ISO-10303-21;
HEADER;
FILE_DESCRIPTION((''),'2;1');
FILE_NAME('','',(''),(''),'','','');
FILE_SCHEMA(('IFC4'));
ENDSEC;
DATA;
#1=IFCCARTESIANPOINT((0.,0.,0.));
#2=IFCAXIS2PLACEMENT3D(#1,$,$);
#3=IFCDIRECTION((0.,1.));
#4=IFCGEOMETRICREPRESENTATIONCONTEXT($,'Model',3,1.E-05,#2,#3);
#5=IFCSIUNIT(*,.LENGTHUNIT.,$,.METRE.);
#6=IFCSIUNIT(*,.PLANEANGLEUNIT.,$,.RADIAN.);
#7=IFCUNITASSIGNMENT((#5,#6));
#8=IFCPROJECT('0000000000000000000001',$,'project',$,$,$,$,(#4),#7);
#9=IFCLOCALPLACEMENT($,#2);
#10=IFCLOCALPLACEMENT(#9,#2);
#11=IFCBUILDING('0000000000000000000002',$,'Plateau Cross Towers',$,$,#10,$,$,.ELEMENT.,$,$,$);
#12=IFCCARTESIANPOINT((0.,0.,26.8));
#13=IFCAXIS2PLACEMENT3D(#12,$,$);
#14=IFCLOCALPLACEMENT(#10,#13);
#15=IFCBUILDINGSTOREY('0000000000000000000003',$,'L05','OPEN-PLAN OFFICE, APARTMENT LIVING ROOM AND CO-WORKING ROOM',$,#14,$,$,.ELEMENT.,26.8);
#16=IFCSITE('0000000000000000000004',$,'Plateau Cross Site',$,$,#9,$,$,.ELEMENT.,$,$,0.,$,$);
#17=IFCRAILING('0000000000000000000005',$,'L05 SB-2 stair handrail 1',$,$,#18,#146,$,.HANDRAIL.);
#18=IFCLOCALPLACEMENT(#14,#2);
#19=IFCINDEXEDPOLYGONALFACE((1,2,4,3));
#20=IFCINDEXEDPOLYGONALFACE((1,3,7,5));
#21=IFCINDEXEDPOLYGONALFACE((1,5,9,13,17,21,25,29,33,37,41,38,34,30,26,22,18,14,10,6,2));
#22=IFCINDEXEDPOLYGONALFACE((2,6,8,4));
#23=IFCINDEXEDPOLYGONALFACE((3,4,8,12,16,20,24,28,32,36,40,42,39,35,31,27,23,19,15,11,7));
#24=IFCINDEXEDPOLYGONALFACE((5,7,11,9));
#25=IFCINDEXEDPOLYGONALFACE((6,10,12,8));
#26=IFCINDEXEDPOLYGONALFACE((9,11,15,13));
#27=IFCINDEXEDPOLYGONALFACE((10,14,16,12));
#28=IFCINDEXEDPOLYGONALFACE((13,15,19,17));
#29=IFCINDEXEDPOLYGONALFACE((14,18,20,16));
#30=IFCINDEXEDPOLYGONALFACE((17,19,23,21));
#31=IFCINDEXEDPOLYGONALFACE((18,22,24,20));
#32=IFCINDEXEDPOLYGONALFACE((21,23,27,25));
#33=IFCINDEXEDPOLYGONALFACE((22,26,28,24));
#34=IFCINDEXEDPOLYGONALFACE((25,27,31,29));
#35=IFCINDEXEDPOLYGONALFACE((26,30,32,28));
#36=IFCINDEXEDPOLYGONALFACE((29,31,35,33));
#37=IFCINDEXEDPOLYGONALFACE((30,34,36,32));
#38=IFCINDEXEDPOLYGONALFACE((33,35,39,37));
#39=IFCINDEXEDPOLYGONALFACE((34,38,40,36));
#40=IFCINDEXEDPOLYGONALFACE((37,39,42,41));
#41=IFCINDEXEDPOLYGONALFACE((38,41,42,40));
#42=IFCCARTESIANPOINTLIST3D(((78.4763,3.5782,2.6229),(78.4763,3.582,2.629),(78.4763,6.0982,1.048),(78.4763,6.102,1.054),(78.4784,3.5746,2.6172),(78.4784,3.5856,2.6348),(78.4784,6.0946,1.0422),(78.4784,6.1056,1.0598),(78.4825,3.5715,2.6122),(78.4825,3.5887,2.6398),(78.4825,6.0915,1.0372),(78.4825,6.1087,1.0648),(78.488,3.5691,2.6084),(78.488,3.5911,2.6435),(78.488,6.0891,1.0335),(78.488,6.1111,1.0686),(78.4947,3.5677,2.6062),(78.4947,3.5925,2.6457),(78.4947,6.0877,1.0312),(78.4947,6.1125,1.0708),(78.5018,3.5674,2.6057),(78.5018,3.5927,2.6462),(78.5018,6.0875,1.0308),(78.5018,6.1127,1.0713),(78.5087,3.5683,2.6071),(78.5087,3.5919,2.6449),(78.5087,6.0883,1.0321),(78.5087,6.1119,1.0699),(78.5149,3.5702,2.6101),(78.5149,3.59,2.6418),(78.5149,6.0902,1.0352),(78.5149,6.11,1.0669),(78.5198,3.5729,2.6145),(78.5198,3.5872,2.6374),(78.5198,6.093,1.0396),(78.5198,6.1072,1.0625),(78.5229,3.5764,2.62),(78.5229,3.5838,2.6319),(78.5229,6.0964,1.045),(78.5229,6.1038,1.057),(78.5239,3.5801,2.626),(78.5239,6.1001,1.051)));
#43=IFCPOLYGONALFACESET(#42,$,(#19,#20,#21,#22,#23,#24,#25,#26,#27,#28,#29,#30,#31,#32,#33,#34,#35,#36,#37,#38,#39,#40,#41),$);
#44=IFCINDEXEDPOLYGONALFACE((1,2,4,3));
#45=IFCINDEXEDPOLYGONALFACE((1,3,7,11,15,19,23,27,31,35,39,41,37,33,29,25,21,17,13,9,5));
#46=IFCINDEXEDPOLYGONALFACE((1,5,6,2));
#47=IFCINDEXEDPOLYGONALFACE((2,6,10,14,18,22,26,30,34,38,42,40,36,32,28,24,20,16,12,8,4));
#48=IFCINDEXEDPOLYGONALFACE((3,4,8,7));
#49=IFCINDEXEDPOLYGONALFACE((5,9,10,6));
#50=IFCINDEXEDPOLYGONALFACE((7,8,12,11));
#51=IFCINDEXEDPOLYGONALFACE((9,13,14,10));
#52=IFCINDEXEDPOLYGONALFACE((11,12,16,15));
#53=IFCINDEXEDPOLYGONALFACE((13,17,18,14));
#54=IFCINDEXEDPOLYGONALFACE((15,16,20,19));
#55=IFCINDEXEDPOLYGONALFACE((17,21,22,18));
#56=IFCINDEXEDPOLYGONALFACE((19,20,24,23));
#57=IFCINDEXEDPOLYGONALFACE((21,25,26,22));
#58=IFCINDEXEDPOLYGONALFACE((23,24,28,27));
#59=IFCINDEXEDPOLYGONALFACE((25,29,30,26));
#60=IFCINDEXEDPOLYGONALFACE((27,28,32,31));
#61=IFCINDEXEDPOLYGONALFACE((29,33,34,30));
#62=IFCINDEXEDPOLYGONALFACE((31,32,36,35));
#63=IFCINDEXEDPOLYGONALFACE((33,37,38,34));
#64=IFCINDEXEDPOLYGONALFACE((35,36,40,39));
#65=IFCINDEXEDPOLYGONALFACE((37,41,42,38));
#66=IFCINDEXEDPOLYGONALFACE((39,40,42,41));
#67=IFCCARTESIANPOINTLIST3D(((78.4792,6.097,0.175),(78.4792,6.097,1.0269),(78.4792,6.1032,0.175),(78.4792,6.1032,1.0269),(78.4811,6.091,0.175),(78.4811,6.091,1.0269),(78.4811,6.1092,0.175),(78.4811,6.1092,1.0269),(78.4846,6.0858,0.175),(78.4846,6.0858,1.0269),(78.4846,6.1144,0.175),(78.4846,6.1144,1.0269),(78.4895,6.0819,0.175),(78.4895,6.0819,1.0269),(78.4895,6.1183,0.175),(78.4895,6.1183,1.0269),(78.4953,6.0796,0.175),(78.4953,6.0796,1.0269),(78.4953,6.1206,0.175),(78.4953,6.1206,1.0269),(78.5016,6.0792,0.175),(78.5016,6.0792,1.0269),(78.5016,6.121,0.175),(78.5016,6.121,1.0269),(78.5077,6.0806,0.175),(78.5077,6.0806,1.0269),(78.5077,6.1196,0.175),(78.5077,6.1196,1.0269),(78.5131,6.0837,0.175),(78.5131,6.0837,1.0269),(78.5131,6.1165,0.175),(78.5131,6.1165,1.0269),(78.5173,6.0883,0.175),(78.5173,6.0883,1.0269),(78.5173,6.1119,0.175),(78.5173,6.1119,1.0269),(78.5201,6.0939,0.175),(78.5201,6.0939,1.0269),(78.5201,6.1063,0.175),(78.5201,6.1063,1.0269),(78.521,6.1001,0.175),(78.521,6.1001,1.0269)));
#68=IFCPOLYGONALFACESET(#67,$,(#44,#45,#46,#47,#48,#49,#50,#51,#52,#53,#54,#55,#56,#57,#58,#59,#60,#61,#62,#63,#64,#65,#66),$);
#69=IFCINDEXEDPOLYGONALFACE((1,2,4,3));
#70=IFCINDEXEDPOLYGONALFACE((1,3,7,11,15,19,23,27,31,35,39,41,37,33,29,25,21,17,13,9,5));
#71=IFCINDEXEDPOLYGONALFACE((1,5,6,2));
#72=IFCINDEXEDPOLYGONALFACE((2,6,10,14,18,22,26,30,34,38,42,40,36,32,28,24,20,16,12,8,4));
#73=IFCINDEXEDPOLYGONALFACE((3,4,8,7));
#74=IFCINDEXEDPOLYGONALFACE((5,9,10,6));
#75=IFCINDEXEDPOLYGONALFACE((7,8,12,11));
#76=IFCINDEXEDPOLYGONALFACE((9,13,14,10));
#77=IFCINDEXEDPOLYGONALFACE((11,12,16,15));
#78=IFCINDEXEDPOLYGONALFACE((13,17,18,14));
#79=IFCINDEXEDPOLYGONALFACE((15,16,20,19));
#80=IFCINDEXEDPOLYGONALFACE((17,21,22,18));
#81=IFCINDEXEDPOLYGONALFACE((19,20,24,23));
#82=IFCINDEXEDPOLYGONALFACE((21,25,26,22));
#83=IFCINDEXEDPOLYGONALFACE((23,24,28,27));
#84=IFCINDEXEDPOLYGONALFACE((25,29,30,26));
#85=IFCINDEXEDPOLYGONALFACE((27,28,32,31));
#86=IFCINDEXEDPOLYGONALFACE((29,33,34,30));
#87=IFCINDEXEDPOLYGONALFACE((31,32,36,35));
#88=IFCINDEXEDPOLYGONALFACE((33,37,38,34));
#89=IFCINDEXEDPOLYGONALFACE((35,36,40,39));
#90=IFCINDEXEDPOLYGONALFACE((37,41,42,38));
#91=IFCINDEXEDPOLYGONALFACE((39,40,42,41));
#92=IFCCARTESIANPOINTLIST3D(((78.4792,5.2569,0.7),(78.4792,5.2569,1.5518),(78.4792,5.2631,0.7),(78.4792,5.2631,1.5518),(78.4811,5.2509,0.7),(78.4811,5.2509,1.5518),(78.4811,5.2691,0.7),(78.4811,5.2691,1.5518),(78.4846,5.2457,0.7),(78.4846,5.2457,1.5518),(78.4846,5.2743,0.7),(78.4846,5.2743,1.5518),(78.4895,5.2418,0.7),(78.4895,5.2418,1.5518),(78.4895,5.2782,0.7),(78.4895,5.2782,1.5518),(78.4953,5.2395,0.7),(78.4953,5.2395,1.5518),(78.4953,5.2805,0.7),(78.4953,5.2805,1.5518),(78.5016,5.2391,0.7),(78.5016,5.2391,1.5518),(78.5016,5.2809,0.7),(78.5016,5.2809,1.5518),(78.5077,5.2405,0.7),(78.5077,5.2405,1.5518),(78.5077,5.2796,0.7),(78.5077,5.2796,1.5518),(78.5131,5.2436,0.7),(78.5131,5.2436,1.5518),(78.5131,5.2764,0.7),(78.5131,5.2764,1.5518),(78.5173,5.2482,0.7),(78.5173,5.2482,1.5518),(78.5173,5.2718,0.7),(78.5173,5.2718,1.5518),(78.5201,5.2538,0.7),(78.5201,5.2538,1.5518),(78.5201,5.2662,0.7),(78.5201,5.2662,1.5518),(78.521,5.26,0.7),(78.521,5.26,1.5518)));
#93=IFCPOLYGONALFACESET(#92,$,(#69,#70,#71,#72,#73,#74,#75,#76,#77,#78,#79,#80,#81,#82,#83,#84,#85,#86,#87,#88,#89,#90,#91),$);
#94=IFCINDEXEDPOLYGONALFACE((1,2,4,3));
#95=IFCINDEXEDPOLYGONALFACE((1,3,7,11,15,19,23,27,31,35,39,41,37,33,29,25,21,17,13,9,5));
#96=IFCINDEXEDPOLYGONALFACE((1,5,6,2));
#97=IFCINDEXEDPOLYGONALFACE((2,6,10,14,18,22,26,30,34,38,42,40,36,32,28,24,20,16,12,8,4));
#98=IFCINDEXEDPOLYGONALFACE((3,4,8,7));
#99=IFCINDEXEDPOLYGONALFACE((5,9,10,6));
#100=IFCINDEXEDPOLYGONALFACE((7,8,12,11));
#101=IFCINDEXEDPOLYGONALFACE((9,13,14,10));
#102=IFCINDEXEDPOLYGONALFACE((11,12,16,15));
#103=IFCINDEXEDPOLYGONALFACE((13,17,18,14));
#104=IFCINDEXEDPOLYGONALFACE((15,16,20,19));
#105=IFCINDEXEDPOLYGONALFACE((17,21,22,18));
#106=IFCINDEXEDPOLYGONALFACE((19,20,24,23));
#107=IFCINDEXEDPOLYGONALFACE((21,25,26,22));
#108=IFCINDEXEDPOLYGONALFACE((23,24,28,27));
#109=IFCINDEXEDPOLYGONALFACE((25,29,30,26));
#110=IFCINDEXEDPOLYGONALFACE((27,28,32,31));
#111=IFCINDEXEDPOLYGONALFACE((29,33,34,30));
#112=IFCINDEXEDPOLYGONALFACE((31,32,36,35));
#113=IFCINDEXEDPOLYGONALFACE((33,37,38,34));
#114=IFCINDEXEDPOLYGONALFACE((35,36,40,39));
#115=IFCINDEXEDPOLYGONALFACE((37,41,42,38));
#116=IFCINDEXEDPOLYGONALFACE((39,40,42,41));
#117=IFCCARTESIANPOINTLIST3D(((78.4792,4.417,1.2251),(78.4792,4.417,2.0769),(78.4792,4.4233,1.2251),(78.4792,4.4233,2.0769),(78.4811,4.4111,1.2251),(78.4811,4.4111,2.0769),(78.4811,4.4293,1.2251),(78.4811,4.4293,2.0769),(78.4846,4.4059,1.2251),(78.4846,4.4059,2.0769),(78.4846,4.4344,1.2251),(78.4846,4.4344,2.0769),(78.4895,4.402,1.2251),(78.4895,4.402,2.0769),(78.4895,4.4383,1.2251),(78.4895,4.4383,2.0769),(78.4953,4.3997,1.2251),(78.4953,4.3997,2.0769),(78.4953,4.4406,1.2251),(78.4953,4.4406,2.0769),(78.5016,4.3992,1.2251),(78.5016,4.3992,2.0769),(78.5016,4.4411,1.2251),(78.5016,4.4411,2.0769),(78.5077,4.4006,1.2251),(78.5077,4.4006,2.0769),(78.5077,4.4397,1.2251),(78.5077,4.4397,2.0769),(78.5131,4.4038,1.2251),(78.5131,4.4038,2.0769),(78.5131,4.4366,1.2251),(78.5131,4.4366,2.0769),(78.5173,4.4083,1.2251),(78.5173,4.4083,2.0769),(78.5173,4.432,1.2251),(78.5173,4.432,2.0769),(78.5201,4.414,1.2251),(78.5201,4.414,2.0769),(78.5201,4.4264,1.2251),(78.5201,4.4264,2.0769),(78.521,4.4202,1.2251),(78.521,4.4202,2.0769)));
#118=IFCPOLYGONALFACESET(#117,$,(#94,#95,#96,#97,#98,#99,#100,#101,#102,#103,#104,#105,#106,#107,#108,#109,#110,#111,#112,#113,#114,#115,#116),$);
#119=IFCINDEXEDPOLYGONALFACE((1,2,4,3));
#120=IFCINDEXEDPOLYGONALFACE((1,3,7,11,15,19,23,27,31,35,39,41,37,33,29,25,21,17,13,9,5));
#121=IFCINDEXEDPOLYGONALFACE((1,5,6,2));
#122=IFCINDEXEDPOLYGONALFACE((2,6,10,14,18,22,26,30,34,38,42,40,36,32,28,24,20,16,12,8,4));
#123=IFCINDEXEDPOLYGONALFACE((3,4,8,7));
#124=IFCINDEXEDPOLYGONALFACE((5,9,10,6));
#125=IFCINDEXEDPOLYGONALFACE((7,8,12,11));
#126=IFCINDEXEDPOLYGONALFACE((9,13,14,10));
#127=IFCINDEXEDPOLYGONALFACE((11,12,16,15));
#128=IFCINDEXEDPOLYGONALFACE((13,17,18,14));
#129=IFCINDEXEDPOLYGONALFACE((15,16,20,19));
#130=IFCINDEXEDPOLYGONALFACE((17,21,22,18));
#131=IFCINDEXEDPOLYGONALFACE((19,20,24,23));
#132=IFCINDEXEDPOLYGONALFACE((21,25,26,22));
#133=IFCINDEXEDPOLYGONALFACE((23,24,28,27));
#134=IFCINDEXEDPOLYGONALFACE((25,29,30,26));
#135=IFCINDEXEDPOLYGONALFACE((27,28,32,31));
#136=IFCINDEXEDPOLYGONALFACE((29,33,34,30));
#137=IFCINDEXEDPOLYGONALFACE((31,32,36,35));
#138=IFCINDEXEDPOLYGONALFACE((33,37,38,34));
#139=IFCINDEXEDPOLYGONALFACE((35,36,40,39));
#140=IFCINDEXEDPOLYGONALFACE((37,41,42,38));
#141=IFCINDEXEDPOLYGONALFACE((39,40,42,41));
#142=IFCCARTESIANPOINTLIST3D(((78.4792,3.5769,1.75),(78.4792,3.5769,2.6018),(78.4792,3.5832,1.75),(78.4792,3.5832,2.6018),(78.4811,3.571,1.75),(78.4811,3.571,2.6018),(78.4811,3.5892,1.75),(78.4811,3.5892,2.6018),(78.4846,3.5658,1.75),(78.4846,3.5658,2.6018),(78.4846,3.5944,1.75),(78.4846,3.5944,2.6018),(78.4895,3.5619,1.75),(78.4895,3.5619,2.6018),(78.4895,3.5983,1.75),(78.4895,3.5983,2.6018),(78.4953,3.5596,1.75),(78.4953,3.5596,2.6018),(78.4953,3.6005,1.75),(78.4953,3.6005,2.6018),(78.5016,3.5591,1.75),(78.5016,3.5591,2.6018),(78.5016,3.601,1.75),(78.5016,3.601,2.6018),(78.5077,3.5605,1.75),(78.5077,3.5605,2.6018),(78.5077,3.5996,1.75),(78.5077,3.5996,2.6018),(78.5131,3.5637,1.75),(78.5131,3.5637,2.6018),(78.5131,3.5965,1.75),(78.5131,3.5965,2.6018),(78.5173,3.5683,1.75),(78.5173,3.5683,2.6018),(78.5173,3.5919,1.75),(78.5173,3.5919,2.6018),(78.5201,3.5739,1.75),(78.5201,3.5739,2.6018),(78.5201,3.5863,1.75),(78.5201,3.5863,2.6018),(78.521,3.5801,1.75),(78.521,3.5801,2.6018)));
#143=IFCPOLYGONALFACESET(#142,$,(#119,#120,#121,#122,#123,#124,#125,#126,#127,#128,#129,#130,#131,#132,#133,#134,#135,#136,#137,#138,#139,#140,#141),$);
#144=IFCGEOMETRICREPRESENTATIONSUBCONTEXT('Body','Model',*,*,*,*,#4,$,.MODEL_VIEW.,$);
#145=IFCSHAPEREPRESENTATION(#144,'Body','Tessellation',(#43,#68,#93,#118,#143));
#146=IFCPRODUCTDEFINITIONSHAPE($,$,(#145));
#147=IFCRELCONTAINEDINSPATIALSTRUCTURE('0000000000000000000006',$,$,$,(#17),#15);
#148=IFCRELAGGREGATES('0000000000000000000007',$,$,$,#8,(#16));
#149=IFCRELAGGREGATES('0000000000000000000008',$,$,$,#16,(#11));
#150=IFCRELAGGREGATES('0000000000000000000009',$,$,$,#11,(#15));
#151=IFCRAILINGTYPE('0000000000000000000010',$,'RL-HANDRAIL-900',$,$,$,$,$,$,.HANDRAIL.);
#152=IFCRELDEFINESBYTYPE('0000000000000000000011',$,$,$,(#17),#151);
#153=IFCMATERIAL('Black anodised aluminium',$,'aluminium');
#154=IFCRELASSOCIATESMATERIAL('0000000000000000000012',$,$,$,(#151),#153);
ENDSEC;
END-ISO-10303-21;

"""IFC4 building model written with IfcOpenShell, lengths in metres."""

from ifc_helpers import new_model, si_unit, direction, frame, origin, origin_2d, place, context, subcontext, project, spatial, circle, extrude, material, type_object, element, save


model = new_model("IFC4")

# Units and contexts
model_context = context("Model", 3, precision=1e-05, world=origin(), true_north=direction((0.0, 1.0)))
body_context = subcontext(model_context, "Body", "Model", "MODEL_VIEW")
ifc_project = project(units=[si_unit("LENGTHUNIT", "METRE"), si_unit("PLANEANGLEUNIT", "RADIAN")], contexts=[model_context])

# Site, building, storey
site_placement = place(None, origin())
site = spatial("IfcSite", under=ifc_project, at=site_placement, Name="Plateau Cross Site", CompositionType="ELEMENT", RefElevation=0.0)
building_placement = place(site_placement, origin())
building = spatial("IfcBuilding", under=site, at=building_placement, Name="Plateau Cross Towers", CompositionType="ELEMENT")
storey_placement = place(building_placement, frame((0.0, 0.0, 26.8)))
storey = spatial("IfcBuildingStorey", under=building, at=storey_placement, Name="L05", Description="OPEN-PLAN OFFICE, APARTMENT LIVING ROOM AND CO-WORKING ROOM", CompositionType="ELEMENT", Elevation=26.8)

# Railing
ifc_material_1 = material(Name="Black anodised aluminium", Category="aluminium")
railing_type_1 = type_object("IfcRailingType", Name="RL-HANDRAIL-900", PredefinedType="HANDRAIL", material=ifc_material_1)
railing_1_placement = place(storey_placement, frame((78.5, 6.1001, 0.175)))
element("IfcRailing", 1, at=railing_1_placement, inside=storey, type_object=railing_type_1, Name="L05 SB-2 stair handrail 1", PredefinedType="HANDRAIL", context=body_context, shape_type="SweptSolid", body=[
    extrude(circle(Radius=0.0239, at=origin_2d()), frame((0.0, 0.0, 0.876), z_axis=(0.0, -0.848008, 0.529984), x_axis=(1.0, 0.0, 0.0)), (0.0, 0.0, 1.0), 2.9717),
    extrude(circle(Radius=0.021, at=origin_2d()), origin(), (0.0, 0.0, 1.0), 0.8518),
    extrude(circle(Radius=0.021, at=origin_2d()), frame((0.0, -0.8401, 0.5249)), (0.0, 0.0, 1.0), 0.8518),
    extrude(circle(Radius=0.021, at=origin_2d()), frame((0.0, -1.6799, 1.05)), (0.0, 0.0, 1.0), 0.8518),
    extrude(circle(Radius=0.021, at=origin_2d()), frame((0.0, -2.52, 1.575)), (0.0, 0.0, 1.0), 0.8518),
])

save(model, "model.ifc")
